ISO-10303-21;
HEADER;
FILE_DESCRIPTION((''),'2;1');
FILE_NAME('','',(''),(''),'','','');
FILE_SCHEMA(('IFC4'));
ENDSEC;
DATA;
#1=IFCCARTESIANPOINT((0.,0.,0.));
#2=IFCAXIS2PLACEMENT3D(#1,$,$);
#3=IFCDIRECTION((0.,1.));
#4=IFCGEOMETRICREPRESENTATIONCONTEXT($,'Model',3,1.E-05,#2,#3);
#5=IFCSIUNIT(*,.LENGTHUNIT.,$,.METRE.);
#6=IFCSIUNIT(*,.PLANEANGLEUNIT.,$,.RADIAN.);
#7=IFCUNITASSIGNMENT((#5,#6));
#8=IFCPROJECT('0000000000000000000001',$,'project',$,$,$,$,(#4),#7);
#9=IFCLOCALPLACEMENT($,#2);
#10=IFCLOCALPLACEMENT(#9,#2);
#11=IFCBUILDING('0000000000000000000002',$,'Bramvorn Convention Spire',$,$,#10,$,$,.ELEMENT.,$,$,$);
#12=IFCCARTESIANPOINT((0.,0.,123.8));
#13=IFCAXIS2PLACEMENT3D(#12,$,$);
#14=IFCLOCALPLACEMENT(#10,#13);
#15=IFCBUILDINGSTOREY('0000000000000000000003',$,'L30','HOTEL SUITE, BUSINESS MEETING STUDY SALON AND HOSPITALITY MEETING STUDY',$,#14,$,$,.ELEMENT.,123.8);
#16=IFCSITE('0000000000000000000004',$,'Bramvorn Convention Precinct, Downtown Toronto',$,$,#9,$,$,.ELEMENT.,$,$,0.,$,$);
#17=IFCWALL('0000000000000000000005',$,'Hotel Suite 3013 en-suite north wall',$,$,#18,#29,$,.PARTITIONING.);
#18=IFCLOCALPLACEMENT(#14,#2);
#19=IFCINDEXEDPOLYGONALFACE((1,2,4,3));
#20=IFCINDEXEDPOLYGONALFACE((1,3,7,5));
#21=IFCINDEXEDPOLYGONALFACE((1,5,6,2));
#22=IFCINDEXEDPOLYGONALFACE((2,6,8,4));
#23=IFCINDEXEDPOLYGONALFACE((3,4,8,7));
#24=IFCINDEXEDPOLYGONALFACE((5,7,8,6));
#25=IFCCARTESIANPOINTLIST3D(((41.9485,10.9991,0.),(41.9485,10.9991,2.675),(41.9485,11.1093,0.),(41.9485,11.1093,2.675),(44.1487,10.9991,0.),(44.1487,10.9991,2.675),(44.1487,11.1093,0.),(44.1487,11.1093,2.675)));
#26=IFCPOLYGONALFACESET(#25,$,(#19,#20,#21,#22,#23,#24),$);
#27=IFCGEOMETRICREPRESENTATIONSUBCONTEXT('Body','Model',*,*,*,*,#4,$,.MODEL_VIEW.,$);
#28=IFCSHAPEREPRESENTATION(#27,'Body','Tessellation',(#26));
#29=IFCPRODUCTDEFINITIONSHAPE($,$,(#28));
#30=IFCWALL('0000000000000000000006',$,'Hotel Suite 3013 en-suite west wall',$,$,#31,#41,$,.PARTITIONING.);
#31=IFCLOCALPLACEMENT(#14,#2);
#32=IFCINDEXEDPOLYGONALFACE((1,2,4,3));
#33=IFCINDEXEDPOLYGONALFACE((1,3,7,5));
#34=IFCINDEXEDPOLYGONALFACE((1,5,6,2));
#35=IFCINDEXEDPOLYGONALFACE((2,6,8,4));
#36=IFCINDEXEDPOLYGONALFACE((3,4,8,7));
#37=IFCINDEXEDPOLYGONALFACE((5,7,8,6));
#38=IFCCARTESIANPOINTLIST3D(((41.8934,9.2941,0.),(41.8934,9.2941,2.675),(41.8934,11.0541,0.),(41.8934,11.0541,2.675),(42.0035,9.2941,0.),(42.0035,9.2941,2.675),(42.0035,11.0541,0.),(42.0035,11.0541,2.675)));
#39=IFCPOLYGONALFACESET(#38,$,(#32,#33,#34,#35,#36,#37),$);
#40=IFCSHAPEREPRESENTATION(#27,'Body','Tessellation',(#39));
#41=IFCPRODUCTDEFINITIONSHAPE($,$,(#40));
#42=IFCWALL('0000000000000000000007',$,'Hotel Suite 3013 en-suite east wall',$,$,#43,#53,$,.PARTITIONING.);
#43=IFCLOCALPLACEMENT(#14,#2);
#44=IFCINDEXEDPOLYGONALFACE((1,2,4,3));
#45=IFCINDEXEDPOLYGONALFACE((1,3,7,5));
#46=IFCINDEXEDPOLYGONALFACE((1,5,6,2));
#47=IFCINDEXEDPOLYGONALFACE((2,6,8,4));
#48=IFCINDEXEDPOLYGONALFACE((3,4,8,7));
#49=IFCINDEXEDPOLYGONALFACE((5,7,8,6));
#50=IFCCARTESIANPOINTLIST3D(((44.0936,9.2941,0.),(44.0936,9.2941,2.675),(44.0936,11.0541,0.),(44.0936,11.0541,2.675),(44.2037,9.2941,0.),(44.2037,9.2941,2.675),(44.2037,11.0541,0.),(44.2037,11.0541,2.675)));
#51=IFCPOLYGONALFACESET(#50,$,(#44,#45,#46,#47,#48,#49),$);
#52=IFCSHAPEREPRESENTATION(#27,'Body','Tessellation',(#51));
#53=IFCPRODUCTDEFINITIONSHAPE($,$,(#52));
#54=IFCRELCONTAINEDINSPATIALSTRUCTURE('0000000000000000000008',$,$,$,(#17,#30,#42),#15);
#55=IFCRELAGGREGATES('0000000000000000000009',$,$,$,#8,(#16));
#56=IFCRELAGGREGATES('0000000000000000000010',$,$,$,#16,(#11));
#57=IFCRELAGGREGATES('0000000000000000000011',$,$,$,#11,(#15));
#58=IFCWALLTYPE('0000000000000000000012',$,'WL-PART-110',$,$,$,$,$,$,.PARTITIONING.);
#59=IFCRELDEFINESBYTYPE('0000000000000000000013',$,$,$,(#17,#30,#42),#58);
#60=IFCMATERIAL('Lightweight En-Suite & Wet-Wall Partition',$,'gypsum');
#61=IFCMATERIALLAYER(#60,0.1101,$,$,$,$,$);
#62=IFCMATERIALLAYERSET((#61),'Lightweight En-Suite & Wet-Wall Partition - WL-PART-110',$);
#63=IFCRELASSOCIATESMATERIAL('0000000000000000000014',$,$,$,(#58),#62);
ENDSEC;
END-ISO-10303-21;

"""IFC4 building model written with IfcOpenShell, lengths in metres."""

from ifc_helpers import new_model, si_unit, direction, frame, frame_2d, origin, place, context, subcontext, project, spatial, rectangle, extrude, material, layer, layer_set, type_object, element, save


model = new_model("IFC4")

# Units and contexts
model_context = context("Model", 3, precision=1e-05, world=origin(), true_north=direction((0.0, 1.0)))
body_context = subcontext(model_context, "Body", "Model", "MODEL_VIEW")
ifc_project = project(units=[si_unit("LENGTHUNIT", "METRE"), si_unit("PLANEANGLEUNIT", "RADIAN")], contexts=[model_context])

# Site, building, storey
site_placement = place(None, origin())
site = spatial("IfcSite", under=ifc_project, at=site_placement, Name="Bramvorn Convention Precinct, Downtown Toronto", CompositionType="ELEMENT", RefElevation=0.0)
building_placement = place(site_placement, origin())
building = spatial("IfcBuilding", under=site, at=building_placement, Name="Bramvorn Convention Spire", CompositionType="ELEMENT")
storey_placement = place(building_placement, frame((0.0, 0.0, 123.8)))
storey = spatial("IfcBuildingStorey", under=building, at=storey_placement, Name="L30", Description="HOTEL SUITE, BUSINESS MEETING STUDY SALON AND HOSPITALITY MEETING STUDY", CompositionType="ELEMENT", Elevation=123.8)

# Shared definitions
ifc_material_1 = material(Name="Lightweight En-Suite & Wet-Wall Partition", Category="gypsum")
ifc_layer_1 = layer(ifc_material_1, 0.1101)
ifc_layer_set_1 = layer_set([ifc_layer_1], Name="Lightweight En-Suite & Wet-Wall Partition - WL-PART-110")
wall_type = type_object("IfcWallType", Name="WL-PART-110", PredefinedType="PARTITIONING", material=ifc_layer_set_1)

# Walls
wall_1_placement = place(storey_placement, frame((41.9485, 11.0542, 0.0), z_axis=(0.0, 0.0, 1.0), x_axis=(1.0, 0.0, 0.0)))
element("IfcWall", 1, at=wall_1_placement, inside=storey, type_object=wall_type, Name="Hotel Suite 3013 en-suite north wall", PredefinedType="PARTITIONING", context=body_context, shape_type="SweptSolid", body=[
    extrude(rectangle(XDim=2.2002, YDim=0.1101, at=frame_2d((1.1001, 0.0))), origin(), (0.0, 0.0, 1.0), 2.675),
])
for number, where, z_axis, x_axis, name in (
    (2, (41.9485, 9.2942, 0.0), (0.0, 0.0, 1.0), (0.0, 1.0, 0.0), "Hotel Suite 3013 en-suite west wall"),
    (3, (44.1487, 9.2942, 0.0), (0.0, 0.0, 1.0), (0.0, 1.0, 0.0), "Hotel Suite 3013 en-suite east wall"),
):
    element("IfcWall", number, at=place(storey_placement, frame(where, z_axis=z_axis, x_axis=x_axis)), inside=storey, type_object=wall_type, Name=name, PredefinedType="PARTITIONING", context=body_context, shape_type="SweptSolid", body=[
        extrude(rectangle(XDim=1.76, YDim=0.1101, at=frame_2d((0.8799, 0.0))), origin(), (0.0, 0.0, 1.0), 2.675),
    ])

save(model, "model.ifc")
